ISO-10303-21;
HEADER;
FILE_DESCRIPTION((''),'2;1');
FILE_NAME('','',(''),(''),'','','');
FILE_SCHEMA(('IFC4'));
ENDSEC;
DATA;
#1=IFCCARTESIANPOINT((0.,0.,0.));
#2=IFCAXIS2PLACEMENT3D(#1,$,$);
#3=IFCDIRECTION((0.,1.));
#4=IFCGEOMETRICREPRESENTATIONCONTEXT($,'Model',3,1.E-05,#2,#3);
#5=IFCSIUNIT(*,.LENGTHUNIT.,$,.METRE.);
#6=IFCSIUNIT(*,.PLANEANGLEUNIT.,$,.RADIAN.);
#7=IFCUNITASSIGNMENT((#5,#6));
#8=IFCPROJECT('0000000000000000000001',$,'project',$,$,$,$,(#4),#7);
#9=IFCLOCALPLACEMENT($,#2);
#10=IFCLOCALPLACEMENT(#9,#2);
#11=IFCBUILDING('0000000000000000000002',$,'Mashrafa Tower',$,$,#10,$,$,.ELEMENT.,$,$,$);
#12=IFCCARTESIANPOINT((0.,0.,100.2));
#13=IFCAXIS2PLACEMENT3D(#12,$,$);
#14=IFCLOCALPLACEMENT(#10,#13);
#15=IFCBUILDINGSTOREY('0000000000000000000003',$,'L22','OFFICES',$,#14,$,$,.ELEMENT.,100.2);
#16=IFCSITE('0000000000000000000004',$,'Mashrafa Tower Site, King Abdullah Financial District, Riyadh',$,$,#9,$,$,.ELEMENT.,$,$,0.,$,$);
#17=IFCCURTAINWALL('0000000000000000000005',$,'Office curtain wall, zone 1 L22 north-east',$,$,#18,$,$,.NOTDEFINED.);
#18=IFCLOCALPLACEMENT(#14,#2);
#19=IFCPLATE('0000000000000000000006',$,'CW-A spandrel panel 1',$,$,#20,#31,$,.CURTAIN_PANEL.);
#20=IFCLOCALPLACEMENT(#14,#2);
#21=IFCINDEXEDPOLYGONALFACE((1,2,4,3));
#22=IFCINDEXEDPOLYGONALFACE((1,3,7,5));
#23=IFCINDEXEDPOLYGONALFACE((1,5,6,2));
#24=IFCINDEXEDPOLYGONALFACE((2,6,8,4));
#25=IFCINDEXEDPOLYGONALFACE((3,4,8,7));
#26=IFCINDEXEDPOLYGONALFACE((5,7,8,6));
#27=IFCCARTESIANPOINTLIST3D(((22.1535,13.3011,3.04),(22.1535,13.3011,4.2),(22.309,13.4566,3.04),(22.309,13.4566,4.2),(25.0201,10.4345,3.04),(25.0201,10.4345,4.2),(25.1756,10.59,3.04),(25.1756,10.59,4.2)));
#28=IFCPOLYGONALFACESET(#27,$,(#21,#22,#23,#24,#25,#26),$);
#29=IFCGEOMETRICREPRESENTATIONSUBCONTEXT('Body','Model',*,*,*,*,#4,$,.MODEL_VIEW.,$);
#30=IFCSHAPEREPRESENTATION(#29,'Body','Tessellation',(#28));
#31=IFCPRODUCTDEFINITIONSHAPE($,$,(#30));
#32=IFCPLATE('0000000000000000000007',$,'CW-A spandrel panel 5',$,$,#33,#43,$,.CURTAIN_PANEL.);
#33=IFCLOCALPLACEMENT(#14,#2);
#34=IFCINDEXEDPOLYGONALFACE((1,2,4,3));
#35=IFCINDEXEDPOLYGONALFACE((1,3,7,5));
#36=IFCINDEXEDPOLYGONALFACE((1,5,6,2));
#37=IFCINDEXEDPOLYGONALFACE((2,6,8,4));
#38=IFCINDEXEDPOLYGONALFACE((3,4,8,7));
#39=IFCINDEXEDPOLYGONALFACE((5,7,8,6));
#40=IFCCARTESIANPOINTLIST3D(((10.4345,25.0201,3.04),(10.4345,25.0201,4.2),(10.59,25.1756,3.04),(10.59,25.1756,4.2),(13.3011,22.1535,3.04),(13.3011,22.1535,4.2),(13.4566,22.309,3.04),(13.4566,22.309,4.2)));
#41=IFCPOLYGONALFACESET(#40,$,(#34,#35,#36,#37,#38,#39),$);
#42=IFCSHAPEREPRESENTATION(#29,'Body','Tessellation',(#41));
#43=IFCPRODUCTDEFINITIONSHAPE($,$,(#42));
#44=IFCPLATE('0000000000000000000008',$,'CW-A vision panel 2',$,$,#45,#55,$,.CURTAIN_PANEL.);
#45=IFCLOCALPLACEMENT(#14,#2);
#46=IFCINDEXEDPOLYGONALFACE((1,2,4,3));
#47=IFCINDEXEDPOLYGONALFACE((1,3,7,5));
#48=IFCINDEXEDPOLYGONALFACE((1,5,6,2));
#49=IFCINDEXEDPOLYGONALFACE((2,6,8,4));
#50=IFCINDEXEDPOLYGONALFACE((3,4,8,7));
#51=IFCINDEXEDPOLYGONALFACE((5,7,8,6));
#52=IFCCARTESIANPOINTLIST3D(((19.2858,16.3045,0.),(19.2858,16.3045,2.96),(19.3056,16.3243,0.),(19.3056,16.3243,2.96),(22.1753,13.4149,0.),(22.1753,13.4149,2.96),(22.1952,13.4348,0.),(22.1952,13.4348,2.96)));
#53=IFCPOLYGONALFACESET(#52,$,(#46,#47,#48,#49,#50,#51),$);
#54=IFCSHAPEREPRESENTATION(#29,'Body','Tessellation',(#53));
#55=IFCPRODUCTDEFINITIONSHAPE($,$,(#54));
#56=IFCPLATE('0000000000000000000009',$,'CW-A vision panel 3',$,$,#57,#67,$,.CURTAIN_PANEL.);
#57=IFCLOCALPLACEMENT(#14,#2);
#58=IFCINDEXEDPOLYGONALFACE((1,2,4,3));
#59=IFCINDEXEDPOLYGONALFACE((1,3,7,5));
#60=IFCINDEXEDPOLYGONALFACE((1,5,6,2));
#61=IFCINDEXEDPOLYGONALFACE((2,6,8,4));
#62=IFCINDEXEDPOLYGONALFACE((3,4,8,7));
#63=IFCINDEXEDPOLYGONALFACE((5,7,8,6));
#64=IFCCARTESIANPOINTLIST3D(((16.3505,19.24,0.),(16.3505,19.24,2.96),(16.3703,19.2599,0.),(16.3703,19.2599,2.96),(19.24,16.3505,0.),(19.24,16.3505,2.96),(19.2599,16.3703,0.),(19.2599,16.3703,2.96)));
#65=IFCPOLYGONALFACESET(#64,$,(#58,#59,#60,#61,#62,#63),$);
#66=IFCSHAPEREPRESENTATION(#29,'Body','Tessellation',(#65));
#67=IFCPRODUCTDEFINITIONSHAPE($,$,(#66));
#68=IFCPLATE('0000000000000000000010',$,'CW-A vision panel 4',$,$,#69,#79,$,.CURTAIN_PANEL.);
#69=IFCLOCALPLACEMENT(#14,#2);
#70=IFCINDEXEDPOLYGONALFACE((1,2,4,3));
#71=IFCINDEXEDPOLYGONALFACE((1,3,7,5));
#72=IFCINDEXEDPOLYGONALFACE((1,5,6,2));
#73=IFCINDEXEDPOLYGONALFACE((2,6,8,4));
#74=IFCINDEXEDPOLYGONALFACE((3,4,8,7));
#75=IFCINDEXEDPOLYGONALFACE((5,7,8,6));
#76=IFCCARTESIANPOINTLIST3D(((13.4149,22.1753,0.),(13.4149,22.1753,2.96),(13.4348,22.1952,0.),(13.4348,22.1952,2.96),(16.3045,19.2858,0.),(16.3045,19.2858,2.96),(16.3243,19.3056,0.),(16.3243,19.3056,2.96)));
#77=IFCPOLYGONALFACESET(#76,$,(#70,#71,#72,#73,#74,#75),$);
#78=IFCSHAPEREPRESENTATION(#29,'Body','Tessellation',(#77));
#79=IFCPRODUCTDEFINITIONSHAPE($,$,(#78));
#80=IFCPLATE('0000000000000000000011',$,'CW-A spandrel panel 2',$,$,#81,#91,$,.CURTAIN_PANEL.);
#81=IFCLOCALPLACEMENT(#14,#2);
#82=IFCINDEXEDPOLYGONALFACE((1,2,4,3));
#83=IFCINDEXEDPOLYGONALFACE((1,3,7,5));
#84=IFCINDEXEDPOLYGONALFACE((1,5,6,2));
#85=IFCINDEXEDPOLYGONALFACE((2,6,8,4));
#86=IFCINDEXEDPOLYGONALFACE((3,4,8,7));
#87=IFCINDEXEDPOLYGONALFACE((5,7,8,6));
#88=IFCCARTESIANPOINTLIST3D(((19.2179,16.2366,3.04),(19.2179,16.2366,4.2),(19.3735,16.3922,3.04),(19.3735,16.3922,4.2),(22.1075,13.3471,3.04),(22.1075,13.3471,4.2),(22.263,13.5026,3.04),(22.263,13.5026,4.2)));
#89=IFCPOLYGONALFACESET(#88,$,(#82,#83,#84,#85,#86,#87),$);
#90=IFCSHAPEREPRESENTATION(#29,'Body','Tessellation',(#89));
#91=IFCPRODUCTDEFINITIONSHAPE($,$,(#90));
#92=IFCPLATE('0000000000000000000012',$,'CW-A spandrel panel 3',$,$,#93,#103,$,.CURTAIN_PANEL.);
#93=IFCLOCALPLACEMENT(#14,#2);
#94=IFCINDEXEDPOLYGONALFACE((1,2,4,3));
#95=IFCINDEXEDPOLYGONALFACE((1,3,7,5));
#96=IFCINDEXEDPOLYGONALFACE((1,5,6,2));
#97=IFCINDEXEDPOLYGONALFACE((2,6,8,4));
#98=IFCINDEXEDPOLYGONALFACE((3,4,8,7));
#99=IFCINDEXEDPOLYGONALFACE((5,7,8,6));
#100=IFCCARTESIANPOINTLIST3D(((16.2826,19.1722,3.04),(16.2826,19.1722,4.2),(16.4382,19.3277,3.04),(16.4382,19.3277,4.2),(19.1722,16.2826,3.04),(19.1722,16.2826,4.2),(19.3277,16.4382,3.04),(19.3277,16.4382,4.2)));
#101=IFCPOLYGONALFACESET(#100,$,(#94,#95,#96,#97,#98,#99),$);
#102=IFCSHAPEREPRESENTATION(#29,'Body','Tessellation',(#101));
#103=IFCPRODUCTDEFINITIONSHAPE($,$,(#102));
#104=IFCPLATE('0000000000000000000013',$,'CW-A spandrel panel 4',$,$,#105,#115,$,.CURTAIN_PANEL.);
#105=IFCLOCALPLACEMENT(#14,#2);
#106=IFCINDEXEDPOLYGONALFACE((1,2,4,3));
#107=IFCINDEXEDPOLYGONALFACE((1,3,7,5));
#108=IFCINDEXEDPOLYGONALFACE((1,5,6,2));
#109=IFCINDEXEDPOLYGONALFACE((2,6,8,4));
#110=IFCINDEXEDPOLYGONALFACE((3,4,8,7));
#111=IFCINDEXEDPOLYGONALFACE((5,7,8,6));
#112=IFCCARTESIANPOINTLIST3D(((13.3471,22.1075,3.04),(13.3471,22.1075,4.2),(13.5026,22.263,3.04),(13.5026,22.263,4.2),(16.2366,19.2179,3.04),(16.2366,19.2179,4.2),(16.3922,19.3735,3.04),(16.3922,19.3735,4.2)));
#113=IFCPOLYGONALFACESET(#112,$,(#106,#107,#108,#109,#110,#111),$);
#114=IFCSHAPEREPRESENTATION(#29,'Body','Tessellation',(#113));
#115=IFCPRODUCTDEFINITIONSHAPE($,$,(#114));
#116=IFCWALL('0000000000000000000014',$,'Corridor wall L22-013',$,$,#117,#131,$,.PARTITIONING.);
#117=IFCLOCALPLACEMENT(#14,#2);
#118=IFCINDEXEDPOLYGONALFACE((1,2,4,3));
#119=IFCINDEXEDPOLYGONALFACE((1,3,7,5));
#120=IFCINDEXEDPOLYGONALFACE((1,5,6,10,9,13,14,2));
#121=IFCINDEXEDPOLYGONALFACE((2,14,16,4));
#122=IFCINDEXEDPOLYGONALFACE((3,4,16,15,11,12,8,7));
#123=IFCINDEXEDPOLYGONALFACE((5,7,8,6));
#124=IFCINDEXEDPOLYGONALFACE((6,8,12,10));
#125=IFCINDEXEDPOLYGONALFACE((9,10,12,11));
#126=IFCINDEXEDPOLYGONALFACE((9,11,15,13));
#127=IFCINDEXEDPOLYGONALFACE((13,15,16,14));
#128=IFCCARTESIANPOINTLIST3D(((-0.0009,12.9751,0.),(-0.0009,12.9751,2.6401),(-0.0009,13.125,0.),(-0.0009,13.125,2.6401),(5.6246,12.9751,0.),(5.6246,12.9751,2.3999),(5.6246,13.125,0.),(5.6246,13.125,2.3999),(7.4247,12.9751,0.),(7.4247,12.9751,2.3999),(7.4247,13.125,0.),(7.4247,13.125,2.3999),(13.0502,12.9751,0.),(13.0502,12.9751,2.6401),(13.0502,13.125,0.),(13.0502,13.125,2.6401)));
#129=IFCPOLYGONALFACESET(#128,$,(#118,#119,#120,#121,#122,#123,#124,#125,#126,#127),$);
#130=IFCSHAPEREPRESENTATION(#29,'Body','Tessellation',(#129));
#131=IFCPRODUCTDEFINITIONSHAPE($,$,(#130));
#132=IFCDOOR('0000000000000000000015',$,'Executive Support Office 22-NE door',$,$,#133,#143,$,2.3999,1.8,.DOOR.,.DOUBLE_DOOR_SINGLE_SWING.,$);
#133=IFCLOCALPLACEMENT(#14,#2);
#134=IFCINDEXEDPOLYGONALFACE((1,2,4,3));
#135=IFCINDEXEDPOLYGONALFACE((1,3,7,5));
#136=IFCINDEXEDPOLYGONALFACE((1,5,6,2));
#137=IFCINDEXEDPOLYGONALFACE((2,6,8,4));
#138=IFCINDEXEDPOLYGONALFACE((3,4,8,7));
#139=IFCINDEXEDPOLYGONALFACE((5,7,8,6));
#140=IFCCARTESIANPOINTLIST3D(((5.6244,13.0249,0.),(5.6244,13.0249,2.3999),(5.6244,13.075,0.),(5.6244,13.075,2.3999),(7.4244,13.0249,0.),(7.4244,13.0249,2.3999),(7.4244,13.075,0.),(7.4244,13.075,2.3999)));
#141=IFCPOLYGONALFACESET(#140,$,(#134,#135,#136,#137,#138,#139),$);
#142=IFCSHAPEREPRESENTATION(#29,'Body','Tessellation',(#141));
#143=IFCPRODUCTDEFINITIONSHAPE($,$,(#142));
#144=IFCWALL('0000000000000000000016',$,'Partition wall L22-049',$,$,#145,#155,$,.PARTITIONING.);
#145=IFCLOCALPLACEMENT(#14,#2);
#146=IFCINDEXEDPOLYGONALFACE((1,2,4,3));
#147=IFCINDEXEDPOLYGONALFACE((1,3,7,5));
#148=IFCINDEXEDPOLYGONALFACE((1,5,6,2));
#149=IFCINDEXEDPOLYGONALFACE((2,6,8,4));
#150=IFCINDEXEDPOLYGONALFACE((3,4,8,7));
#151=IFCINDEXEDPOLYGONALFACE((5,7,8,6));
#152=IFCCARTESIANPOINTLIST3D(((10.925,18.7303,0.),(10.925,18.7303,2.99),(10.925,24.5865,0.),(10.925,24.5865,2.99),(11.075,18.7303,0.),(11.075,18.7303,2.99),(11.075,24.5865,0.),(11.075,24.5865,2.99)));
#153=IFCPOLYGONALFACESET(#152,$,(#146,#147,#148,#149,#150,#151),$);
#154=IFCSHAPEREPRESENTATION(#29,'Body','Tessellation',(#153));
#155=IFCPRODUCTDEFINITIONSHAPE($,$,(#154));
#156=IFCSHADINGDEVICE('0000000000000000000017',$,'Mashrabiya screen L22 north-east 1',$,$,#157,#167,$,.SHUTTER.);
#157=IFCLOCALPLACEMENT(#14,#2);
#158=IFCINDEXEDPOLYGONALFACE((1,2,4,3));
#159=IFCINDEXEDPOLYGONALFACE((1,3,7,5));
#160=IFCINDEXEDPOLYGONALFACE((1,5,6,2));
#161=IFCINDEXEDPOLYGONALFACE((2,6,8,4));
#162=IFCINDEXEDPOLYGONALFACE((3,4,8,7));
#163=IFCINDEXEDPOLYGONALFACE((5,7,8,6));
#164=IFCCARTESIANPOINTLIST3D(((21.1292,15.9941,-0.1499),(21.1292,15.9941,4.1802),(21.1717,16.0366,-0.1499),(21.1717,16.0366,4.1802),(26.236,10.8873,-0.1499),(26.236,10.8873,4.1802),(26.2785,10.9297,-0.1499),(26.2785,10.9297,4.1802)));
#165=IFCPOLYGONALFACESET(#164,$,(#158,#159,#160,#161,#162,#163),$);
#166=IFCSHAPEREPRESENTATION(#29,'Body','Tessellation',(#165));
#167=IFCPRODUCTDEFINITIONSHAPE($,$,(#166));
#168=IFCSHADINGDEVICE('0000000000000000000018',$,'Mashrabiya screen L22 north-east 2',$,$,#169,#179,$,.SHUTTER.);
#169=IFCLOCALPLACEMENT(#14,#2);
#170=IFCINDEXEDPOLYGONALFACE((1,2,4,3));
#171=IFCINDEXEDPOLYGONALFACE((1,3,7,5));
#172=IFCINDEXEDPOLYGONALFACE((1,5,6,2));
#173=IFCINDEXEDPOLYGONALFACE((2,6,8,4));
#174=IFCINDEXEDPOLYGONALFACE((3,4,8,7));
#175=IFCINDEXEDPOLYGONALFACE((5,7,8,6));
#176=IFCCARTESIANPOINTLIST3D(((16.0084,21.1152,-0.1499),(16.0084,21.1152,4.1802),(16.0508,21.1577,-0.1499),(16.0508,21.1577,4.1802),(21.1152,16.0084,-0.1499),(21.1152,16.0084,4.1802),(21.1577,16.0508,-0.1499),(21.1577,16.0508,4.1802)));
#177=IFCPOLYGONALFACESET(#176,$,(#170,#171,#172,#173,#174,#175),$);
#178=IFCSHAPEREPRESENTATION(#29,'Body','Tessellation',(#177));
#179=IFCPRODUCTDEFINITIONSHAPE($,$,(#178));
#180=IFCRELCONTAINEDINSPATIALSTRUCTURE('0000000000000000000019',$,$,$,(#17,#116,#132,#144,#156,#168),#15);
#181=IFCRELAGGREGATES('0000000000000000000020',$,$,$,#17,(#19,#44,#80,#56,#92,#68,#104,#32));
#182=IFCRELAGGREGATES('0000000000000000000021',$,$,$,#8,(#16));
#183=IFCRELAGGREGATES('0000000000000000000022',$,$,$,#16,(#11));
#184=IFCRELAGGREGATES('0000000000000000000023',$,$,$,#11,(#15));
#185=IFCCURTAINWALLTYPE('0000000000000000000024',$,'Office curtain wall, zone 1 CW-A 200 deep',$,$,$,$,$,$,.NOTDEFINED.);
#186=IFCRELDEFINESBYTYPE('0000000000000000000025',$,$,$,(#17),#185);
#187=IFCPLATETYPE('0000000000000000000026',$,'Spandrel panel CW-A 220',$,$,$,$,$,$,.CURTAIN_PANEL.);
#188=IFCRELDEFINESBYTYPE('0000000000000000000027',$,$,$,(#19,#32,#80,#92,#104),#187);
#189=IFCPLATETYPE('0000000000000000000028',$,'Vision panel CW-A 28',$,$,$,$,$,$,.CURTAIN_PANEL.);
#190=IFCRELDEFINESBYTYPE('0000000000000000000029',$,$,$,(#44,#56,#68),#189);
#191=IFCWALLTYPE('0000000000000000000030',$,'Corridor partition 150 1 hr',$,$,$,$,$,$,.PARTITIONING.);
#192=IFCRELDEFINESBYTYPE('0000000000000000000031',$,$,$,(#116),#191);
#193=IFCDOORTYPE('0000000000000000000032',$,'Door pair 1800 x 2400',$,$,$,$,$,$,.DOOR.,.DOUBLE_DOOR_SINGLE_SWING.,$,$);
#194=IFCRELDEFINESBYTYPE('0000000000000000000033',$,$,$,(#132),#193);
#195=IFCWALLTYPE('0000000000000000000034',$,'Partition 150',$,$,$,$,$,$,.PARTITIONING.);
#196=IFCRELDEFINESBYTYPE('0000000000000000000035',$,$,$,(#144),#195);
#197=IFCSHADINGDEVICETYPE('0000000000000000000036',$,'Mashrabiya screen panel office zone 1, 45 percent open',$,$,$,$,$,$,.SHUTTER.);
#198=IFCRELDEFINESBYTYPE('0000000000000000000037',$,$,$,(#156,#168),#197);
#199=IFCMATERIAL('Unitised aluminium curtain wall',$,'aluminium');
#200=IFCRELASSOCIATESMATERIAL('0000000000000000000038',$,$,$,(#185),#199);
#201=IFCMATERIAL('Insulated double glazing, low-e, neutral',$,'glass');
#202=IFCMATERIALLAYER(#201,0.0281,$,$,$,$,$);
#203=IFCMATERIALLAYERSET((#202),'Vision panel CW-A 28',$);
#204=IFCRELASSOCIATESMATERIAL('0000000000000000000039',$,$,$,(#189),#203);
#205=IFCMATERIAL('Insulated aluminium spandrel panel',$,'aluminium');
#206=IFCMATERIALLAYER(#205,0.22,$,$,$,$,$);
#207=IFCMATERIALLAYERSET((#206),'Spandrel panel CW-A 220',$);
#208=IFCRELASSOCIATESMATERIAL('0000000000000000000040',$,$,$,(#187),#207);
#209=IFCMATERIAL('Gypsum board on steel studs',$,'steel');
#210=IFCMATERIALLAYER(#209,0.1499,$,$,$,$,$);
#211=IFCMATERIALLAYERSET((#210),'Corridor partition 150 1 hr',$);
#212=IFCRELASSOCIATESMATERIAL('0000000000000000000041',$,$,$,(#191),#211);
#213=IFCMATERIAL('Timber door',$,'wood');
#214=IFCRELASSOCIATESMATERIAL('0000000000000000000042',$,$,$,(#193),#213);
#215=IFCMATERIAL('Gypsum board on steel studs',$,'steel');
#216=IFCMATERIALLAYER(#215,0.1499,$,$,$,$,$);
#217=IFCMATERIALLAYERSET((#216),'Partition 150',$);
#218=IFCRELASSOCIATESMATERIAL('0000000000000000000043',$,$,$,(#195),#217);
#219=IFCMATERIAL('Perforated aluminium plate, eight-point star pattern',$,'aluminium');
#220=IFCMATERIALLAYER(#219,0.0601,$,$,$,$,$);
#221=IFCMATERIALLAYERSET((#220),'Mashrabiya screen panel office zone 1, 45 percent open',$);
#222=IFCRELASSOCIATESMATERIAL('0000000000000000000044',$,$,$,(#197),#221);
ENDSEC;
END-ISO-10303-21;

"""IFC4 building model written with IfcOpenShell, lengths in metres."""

from ifc_helpers import new_model, si_unit, direction, frame, frame_2d, origin, origin_2d, place, context, subcontext, project, spatial, rectangle, extrude, source, transform, mapped, material, layer, layer_set, type_object, type_shapes, element, fill, aggregate, save


model = new_model("IFC4")

# Units and contexts
model_context = context("Model", 3, precision=1e-05, world=origin(), true_north=direction((0.0, 1.0)))
body_context = subcontext(model_context, "Body", "Model", "MODEL_VIEW")
ifc_project = project(units=[si_unit("LENGTHUNIT", "METRE"), si_unit("PLANEANGLEUNIT", "RADIAN")], contexts=[model_context])

# Site, building, storey
site_placement = place(None, origin())
site = spatial("IfcSite", under=ifc_project, at=site_placement, Name="Mashrafa Tower Site, King Abdullah Financial District, Riyadh", CompositionType="ELEMENT", RefElevation=0.0)
building_placement = place(site_placement, origin())
building = spatial("IfcBuilding", under=site, at=building_placement, Name="Mashrafa Tower", CompositionType="ELEMENT")
storey_placement = place(building_placement, frame((0.0, 0.0, 100.2)))
storey = spatial("IfcBuildingStorey", under=building, at=storey_placement, Name="L22", Description="OFFICES", CompositionType="ELEMENT", Elevation=100.2)

# Curtain wall, plates
ifc_material_1 = material(Name="Unitised aluminium curtain wall", Category="aluminium")
curtain_wall_type = type_object("IfcCurtainWallType", Name="Office curtain wall, zone 1 CW-A 200 deep", PredefinedType="NOTDEFINED", material=ifc_material_1)
curtain_wall_placement = place(storey_placement, origin())
curtain_wall = element("IfcCurtainWall", 1, at=curtain_wall_placement, inside=storey, type_object=curtain_wall_type, Name="Office curtain wall, zone 1 L22 north-east", PredefinedType="NOTDEFINED")
ifc_material_2 = material(Name="Insulated double glazing, low-e, neutral", Category="glass")
ifc_layer_1 = layer(ifc_material_2, 0.0281)
ifc_layer_set_1 = layer_set([ifc_layer_1], Name="Vision panel CW-A 28")
plate_type_1 = type_object("IfcPlateType", Name="Vision panel CW-A 28", PredefinedType="CURTAIN_PANEL", material=ifc_layer_set_1)
ifc_material_3 = material(Name="Insulated aluminium spandrel panel", Category="aluminium")
ifc_layer_2 = layer(ifc_material_3, 0.22)
ifc_layer_set_2 = layer_set([ifc_layer_2], Name="Spandrel panel CW-A 220")
plate_type_2 = type_object("IfcPlateType", Name="Spandrel panel CW-A 220", PredefinedType="CURTAIN_PANEL", material=ifc_layer_set_2)
shared_shape_1 = source(origin(), body_context, "Body", "SweptSolid", [
    extrude(rectangle(XDim=4.054, YDim=0.22, at=origin_2d()), origin(), (0.0, 0.0, 1.0), 1.1599),
])
plate_1_placement = place(storey_placement, frame((23.6646, 11.9456, 3.04), z_axis=(0.0, 0.0, 1.0), x_axis=(-0.707107, 0.707107, 0.0)))
plate_1 = element("IfcPlate", 2, at=plate_1_placement, type_object=plate_type_2, Name="CW-A spandrel panel 1", PredefinedType="CURTAIN_PANEL", context=body_context, shape_type="MappedRepresentation", body=[
    mapped(shared_shape_1, transform((0.0, 0.0, 0.0))),
])
plate_2_placement = place(storey_placement, frame((11.9456, 23.6646, 3.04), z_axis=(0.0, 0.0, 1.0), x_axis=(-0.707107, 0.707107, 0.0)))
plate_2 = element("IfcPlate", 3, at=plate_2_placement, type_object=plate_type_2, Name="CW-A spandrel panel 5", PredefinedType="CURTAIN_PANEL", context=body_context, shape_type="MappedRepresentation", body=[
    mapped(shared_shape_1, transform((0.0, 0.0, 0.0))),
])
shared_shape_2 = source(origin(), body_context, "Body", "SweptSolid", [
    extrude(rectangle(XDim=4.0864, YDim=0.0281, at=origin_2d()), origin(), (0.0, 0.0, 1.0), 2.96),
])
plate_3_placement = place(storey_placement, frame((20.7405, 14.8696, 0.0), z_axis=(0.0, 0.0, 1.0), x_axis=(-0.707107, 0.707107, 0.0)))
plate_3 = element("IfcPlate", 4, at=plate_3_placement, type_object=plate_type_1, Name="CW-A vision panel 2", PredefinedType="CURTAIN_PANEL", context=body_context, shape_type="MappedRepresentation", body=[
    mapped(shared_shape_2, transform((0.0, 0.0, 0.0))),
])
plate_4_placement = place(storey_placement, frame((17.8052, 17.8052, 0.0), z_axis=(0.0, 0.0, 1.0), x_axis=(-0.707107, 0.707107, 0.0)))
plate_4 = element("IfcPlate", 5, at=plate_4_placement, type_object=plate_type_1, Name="CW-A vision panel 3", PredefinedType="CURTAIN_PANEL", context=body_context, shape_type="MappedRepresentation", body=[
    mapped(shared_shape_2, transform((0.0, 0.0, 0.0))),
])
plate_5_placement = place(storey_placement, frame((14.8696, 20.7405, 0.0), z_axis=(0.0, 0.0, 1.0), x_axis=(-0.707107, 0.707107, 0.0)))
plate_5 = element("IfcPlate", 6, at=plate_5_placement, type_object=plate_type_1, Name="CW-A vision panel 4", PredefinedType="CURTAIN_PANEL", context=body_context, shape_type="MappedRepresentation", body=[
    mapped(shared_shape_2, transform((0.0, 0.0, 0.0))),
])
shared_shape_3 = source(origin(), body_context, "Body", "SweptSolid", [
    extrude(rectangle(XDim=4.0864, YDim=0.22, at=origin_2d()), origin(), (0.0, 0.0, 1.0), 1.1599),
])
type_shapes(plate_type_2, [shared_shape_1, shared_shape_3])
plate_6_placement = place(storey_placement, frame((20.7405, 14.8696, 3.04), z_axis=(0.0, 0.0, 1.0), x_axis=(-0.707107, 0.707107, 0.0)))
plate_6 = element("IfcPlate", 7, at=plate_6_placement, type_object=plate_type_2, Name="CW-A spandrel panel 2", PredefinedType="CURTAIN_PANEL", context=body_context, shape_type="MappedRepresentation", body=[
    mapped(shared_shape_3, transform((0.0, 0.0, 0.0))),
])
plate_7_placement = place(storey_placement, frame((17.8052, 17.8052, 3.04), z_axis=(0.0, 0.0, 1.0), x_axis=(-0.707107, 0.707107, 0.0)))
plate_7 = element("IfcPlate", 8, at=plate_7_placement, type_object=plate_type_2, Name="CW-A spandrel panel 3", PredefinedType="CURTAIN_PANEL", context=body_context, shape_type="MappedRepresentation", body=[
    mapped(shared_shape_3, transform((0.0, 0.0, 0.0))),
])
plate_8_placement = place(storey_placement, frame((14.8696, 20.7405, 3.04), z_axis=(0.0, 0.0, 1.0), x_axis=(-0.707107, 0.707107, 0.0)))
plate_8 = element("IfcPlate", 9, at=plate_8_placement, type_object=plate_type_2, Name="CW-A spandrel panel 4", PredefinedType="CURTAIN_PANEL", context=body_context, shape_type="MappedRepresentation", body=[
    mapped(shared_shape_3, transform((0.0, 0.0, 0.0))),
])
aggregate(curtain_wall, [plate_1, plate_3, plate_6, plate_4, plate_7, plate_5, plate_8, plate_2])

# Wall, opening, door
ifc_material_4 = material(Name="Gypsum board on steel studs", Category="steel")
ifc_layer_3 = layer(ifc_material_4, 0.1499)
ifc_layer_set_3 = layer_set([ifc_layer_3], Name="Corridor partition 150 1 hr")
wall_type_1 = type_object("IfcWallType", Name="Corridor partition 150 1 hr", PredefinedType="PARTITIONING", material=ifc_layer_set_3)
wall_1_placement = place(storey_placement, frame((13.05, 13.05, 0.0), z_axis=(0.0, 0.0, 1.0), x_axis=(-1.0, 0.0, 0.0)))
wall_1 = element("IfcWall", 10, at=wall_1_placement, inside=storey, type_object=wall_type_1, Name="Corridor wall L22-013", PredefinedType="PARTITIONING", context=body_context, shape_type="SweptSolid", body=[
    extrude(rectangle(XDim=13.051, YDim=0.1499, at=frame_2d((6.5254, 0.0))), origin(), (0.0, 0.0, 1.0), 2.6401),
])
opening_placement = place(wall_1_placement, frame((5.6255, 0.0, 0.0)))
opening = element("IfcOpeningElement", 11, at=opening_placement, cuts=wall_1, PredefinedType="OPENING", context=body_context, shape_type="SweptSolid", body=[
    extrude(rectangle(XDim=1.8, YDim=2.3999, at=frame_2d((0.8999, 1.2))), frame((0.0, 0.085, 0.0), z_axis=(0.0, -1.0, 0.0), x_axis=(1.0, 0.0, 0.0)), (0.0, 0.0, 1.0), 0.1699),
])
ifc_material_5 = material(Name="Timber door", Category="wood")
door_type = type_object("IfcDoorType", Name="Door pair 1800 x 2400", OperationType="DOUBLE_DOOR_SINGLE_SWING", PredefinedType="DOOR", material=ifc_material_5)
door_placement = place(opening_placement, frame((1.8, 0.0, 0.0), z_axis=(0.0, 0.0, 1.0), x_axis=(-1.0, 0.0, 0.0)))
door = element("IfcDoor", 12, at=door_placement, inside=storey, type_object=door_type, Name="Executive Support Office 22-NE door", OperationType="DOUBLE_DOOR_SINGLE_SWING", OverallHeight=2.3999, OverallWidth=1.8, PredefinedType="DOOR", context=body_context, shape_type="SweptSolid", body=[
    extrude(rectangle(XDim=1.8, YDim=2.3999, at=frame_2d((0.8999, 1.2))), frame((0.0, 0.0249, 0.0), z_axis=(0.0, -1.0, 0.0), x_axis=(1.0, 0.0, 0.0)), (0.0, 0.0, 1.0), 0.05),
])
fill(opening, door)

# Wall
ifc_material_6 = material(Name="Gypsum board on steel studs", Category="steel")
ifc_layer_4 = layer(ifc_material_6, 0.1499)
ifc_layer_set_4 = layer_set([ifc_layer_4], Name="Partition 150")
wall_type_2 = type_object("IfcWallType", Name="Partition 150", PredefinedType="PARTITIONING", material=ifc_layer_set_4)
wall_2_placement = place(storey_placement, frame((11.0, 18.7302, 0.0), z_axis=(0.0, 0.0, 1.0), x_axis=(0.0, 1.0, 0.0)))
element("IfcWall", 13, at=wall_2_placement, inside=storey, type_object=wall_type_2, Name="Partition wall L22-049", PredefinedType="PARTITIONING", context=body_context, shape_type="SweptSolid", body=[
    extrude(rectangle(XDim=5.8562, YDim=0.1499, at=frame_2d((2.9282, 0.0))), origin(), (0.0, 0.0, 1.0), 2.99),
])

# Shading devices
ifc_material_7 = material(Name="Perforated aluminium plate, eight-point star pattern", Category="aluminium")
ifc_layer_5 = layer(ifc_material_7, 0.0601)
ifc_layer_set_5 = layer_set([ifc_layer_5], Name="Mashrabiya screen panel office zone 1, 45 percent open")
shading_device_type = type_object("IfcShadingDeviceType", Name="Mashrabiya screen panel office zone 1, 45 percent open", PredefinedType="SHUTTER", material=ifc_layer_set_5)
shared_shape_4 = source(origin(), body_context, "Body", "SweptSolid", [
    extrude(rectangle(XDim=7.2222, YDim=0.0601, at=origin_2d()), origin(), (0.0, 0.0, 1.0), 4.3301),
])
type_shapes(shading_device_type, [shared_shape_4])
for number, where, z_axis, x_axis, name in (
    (14, (23.7039, 13.4619, -0.1499), (0.0, 0.0, 1.0), (-0.707107, 0.707107, 0.0), "Mashrabiya screen L22 north-east 1"),
    (15, (18.583, 18.583, -0.1499), (0.0, 0.0, 1.0), (-0.707107, 0.707107, 0.0), "Mashrabiya screen L22 north-east 2"),
):
    element("IfcShadingDevice", number, at=place(storey_placement, frame(where, z_axis=z_axis, x_axis=x_axis)), inside=storey, type_object=shading_device_type, Name=name, PredefinedType="SHUTTER", context=body_context, shape_type="MappedRepresentation", body=[
        mapped(shared_shape_4, transform((0.0, 0.0, 0.0))),
    ])

save(model, "model.ifc")
